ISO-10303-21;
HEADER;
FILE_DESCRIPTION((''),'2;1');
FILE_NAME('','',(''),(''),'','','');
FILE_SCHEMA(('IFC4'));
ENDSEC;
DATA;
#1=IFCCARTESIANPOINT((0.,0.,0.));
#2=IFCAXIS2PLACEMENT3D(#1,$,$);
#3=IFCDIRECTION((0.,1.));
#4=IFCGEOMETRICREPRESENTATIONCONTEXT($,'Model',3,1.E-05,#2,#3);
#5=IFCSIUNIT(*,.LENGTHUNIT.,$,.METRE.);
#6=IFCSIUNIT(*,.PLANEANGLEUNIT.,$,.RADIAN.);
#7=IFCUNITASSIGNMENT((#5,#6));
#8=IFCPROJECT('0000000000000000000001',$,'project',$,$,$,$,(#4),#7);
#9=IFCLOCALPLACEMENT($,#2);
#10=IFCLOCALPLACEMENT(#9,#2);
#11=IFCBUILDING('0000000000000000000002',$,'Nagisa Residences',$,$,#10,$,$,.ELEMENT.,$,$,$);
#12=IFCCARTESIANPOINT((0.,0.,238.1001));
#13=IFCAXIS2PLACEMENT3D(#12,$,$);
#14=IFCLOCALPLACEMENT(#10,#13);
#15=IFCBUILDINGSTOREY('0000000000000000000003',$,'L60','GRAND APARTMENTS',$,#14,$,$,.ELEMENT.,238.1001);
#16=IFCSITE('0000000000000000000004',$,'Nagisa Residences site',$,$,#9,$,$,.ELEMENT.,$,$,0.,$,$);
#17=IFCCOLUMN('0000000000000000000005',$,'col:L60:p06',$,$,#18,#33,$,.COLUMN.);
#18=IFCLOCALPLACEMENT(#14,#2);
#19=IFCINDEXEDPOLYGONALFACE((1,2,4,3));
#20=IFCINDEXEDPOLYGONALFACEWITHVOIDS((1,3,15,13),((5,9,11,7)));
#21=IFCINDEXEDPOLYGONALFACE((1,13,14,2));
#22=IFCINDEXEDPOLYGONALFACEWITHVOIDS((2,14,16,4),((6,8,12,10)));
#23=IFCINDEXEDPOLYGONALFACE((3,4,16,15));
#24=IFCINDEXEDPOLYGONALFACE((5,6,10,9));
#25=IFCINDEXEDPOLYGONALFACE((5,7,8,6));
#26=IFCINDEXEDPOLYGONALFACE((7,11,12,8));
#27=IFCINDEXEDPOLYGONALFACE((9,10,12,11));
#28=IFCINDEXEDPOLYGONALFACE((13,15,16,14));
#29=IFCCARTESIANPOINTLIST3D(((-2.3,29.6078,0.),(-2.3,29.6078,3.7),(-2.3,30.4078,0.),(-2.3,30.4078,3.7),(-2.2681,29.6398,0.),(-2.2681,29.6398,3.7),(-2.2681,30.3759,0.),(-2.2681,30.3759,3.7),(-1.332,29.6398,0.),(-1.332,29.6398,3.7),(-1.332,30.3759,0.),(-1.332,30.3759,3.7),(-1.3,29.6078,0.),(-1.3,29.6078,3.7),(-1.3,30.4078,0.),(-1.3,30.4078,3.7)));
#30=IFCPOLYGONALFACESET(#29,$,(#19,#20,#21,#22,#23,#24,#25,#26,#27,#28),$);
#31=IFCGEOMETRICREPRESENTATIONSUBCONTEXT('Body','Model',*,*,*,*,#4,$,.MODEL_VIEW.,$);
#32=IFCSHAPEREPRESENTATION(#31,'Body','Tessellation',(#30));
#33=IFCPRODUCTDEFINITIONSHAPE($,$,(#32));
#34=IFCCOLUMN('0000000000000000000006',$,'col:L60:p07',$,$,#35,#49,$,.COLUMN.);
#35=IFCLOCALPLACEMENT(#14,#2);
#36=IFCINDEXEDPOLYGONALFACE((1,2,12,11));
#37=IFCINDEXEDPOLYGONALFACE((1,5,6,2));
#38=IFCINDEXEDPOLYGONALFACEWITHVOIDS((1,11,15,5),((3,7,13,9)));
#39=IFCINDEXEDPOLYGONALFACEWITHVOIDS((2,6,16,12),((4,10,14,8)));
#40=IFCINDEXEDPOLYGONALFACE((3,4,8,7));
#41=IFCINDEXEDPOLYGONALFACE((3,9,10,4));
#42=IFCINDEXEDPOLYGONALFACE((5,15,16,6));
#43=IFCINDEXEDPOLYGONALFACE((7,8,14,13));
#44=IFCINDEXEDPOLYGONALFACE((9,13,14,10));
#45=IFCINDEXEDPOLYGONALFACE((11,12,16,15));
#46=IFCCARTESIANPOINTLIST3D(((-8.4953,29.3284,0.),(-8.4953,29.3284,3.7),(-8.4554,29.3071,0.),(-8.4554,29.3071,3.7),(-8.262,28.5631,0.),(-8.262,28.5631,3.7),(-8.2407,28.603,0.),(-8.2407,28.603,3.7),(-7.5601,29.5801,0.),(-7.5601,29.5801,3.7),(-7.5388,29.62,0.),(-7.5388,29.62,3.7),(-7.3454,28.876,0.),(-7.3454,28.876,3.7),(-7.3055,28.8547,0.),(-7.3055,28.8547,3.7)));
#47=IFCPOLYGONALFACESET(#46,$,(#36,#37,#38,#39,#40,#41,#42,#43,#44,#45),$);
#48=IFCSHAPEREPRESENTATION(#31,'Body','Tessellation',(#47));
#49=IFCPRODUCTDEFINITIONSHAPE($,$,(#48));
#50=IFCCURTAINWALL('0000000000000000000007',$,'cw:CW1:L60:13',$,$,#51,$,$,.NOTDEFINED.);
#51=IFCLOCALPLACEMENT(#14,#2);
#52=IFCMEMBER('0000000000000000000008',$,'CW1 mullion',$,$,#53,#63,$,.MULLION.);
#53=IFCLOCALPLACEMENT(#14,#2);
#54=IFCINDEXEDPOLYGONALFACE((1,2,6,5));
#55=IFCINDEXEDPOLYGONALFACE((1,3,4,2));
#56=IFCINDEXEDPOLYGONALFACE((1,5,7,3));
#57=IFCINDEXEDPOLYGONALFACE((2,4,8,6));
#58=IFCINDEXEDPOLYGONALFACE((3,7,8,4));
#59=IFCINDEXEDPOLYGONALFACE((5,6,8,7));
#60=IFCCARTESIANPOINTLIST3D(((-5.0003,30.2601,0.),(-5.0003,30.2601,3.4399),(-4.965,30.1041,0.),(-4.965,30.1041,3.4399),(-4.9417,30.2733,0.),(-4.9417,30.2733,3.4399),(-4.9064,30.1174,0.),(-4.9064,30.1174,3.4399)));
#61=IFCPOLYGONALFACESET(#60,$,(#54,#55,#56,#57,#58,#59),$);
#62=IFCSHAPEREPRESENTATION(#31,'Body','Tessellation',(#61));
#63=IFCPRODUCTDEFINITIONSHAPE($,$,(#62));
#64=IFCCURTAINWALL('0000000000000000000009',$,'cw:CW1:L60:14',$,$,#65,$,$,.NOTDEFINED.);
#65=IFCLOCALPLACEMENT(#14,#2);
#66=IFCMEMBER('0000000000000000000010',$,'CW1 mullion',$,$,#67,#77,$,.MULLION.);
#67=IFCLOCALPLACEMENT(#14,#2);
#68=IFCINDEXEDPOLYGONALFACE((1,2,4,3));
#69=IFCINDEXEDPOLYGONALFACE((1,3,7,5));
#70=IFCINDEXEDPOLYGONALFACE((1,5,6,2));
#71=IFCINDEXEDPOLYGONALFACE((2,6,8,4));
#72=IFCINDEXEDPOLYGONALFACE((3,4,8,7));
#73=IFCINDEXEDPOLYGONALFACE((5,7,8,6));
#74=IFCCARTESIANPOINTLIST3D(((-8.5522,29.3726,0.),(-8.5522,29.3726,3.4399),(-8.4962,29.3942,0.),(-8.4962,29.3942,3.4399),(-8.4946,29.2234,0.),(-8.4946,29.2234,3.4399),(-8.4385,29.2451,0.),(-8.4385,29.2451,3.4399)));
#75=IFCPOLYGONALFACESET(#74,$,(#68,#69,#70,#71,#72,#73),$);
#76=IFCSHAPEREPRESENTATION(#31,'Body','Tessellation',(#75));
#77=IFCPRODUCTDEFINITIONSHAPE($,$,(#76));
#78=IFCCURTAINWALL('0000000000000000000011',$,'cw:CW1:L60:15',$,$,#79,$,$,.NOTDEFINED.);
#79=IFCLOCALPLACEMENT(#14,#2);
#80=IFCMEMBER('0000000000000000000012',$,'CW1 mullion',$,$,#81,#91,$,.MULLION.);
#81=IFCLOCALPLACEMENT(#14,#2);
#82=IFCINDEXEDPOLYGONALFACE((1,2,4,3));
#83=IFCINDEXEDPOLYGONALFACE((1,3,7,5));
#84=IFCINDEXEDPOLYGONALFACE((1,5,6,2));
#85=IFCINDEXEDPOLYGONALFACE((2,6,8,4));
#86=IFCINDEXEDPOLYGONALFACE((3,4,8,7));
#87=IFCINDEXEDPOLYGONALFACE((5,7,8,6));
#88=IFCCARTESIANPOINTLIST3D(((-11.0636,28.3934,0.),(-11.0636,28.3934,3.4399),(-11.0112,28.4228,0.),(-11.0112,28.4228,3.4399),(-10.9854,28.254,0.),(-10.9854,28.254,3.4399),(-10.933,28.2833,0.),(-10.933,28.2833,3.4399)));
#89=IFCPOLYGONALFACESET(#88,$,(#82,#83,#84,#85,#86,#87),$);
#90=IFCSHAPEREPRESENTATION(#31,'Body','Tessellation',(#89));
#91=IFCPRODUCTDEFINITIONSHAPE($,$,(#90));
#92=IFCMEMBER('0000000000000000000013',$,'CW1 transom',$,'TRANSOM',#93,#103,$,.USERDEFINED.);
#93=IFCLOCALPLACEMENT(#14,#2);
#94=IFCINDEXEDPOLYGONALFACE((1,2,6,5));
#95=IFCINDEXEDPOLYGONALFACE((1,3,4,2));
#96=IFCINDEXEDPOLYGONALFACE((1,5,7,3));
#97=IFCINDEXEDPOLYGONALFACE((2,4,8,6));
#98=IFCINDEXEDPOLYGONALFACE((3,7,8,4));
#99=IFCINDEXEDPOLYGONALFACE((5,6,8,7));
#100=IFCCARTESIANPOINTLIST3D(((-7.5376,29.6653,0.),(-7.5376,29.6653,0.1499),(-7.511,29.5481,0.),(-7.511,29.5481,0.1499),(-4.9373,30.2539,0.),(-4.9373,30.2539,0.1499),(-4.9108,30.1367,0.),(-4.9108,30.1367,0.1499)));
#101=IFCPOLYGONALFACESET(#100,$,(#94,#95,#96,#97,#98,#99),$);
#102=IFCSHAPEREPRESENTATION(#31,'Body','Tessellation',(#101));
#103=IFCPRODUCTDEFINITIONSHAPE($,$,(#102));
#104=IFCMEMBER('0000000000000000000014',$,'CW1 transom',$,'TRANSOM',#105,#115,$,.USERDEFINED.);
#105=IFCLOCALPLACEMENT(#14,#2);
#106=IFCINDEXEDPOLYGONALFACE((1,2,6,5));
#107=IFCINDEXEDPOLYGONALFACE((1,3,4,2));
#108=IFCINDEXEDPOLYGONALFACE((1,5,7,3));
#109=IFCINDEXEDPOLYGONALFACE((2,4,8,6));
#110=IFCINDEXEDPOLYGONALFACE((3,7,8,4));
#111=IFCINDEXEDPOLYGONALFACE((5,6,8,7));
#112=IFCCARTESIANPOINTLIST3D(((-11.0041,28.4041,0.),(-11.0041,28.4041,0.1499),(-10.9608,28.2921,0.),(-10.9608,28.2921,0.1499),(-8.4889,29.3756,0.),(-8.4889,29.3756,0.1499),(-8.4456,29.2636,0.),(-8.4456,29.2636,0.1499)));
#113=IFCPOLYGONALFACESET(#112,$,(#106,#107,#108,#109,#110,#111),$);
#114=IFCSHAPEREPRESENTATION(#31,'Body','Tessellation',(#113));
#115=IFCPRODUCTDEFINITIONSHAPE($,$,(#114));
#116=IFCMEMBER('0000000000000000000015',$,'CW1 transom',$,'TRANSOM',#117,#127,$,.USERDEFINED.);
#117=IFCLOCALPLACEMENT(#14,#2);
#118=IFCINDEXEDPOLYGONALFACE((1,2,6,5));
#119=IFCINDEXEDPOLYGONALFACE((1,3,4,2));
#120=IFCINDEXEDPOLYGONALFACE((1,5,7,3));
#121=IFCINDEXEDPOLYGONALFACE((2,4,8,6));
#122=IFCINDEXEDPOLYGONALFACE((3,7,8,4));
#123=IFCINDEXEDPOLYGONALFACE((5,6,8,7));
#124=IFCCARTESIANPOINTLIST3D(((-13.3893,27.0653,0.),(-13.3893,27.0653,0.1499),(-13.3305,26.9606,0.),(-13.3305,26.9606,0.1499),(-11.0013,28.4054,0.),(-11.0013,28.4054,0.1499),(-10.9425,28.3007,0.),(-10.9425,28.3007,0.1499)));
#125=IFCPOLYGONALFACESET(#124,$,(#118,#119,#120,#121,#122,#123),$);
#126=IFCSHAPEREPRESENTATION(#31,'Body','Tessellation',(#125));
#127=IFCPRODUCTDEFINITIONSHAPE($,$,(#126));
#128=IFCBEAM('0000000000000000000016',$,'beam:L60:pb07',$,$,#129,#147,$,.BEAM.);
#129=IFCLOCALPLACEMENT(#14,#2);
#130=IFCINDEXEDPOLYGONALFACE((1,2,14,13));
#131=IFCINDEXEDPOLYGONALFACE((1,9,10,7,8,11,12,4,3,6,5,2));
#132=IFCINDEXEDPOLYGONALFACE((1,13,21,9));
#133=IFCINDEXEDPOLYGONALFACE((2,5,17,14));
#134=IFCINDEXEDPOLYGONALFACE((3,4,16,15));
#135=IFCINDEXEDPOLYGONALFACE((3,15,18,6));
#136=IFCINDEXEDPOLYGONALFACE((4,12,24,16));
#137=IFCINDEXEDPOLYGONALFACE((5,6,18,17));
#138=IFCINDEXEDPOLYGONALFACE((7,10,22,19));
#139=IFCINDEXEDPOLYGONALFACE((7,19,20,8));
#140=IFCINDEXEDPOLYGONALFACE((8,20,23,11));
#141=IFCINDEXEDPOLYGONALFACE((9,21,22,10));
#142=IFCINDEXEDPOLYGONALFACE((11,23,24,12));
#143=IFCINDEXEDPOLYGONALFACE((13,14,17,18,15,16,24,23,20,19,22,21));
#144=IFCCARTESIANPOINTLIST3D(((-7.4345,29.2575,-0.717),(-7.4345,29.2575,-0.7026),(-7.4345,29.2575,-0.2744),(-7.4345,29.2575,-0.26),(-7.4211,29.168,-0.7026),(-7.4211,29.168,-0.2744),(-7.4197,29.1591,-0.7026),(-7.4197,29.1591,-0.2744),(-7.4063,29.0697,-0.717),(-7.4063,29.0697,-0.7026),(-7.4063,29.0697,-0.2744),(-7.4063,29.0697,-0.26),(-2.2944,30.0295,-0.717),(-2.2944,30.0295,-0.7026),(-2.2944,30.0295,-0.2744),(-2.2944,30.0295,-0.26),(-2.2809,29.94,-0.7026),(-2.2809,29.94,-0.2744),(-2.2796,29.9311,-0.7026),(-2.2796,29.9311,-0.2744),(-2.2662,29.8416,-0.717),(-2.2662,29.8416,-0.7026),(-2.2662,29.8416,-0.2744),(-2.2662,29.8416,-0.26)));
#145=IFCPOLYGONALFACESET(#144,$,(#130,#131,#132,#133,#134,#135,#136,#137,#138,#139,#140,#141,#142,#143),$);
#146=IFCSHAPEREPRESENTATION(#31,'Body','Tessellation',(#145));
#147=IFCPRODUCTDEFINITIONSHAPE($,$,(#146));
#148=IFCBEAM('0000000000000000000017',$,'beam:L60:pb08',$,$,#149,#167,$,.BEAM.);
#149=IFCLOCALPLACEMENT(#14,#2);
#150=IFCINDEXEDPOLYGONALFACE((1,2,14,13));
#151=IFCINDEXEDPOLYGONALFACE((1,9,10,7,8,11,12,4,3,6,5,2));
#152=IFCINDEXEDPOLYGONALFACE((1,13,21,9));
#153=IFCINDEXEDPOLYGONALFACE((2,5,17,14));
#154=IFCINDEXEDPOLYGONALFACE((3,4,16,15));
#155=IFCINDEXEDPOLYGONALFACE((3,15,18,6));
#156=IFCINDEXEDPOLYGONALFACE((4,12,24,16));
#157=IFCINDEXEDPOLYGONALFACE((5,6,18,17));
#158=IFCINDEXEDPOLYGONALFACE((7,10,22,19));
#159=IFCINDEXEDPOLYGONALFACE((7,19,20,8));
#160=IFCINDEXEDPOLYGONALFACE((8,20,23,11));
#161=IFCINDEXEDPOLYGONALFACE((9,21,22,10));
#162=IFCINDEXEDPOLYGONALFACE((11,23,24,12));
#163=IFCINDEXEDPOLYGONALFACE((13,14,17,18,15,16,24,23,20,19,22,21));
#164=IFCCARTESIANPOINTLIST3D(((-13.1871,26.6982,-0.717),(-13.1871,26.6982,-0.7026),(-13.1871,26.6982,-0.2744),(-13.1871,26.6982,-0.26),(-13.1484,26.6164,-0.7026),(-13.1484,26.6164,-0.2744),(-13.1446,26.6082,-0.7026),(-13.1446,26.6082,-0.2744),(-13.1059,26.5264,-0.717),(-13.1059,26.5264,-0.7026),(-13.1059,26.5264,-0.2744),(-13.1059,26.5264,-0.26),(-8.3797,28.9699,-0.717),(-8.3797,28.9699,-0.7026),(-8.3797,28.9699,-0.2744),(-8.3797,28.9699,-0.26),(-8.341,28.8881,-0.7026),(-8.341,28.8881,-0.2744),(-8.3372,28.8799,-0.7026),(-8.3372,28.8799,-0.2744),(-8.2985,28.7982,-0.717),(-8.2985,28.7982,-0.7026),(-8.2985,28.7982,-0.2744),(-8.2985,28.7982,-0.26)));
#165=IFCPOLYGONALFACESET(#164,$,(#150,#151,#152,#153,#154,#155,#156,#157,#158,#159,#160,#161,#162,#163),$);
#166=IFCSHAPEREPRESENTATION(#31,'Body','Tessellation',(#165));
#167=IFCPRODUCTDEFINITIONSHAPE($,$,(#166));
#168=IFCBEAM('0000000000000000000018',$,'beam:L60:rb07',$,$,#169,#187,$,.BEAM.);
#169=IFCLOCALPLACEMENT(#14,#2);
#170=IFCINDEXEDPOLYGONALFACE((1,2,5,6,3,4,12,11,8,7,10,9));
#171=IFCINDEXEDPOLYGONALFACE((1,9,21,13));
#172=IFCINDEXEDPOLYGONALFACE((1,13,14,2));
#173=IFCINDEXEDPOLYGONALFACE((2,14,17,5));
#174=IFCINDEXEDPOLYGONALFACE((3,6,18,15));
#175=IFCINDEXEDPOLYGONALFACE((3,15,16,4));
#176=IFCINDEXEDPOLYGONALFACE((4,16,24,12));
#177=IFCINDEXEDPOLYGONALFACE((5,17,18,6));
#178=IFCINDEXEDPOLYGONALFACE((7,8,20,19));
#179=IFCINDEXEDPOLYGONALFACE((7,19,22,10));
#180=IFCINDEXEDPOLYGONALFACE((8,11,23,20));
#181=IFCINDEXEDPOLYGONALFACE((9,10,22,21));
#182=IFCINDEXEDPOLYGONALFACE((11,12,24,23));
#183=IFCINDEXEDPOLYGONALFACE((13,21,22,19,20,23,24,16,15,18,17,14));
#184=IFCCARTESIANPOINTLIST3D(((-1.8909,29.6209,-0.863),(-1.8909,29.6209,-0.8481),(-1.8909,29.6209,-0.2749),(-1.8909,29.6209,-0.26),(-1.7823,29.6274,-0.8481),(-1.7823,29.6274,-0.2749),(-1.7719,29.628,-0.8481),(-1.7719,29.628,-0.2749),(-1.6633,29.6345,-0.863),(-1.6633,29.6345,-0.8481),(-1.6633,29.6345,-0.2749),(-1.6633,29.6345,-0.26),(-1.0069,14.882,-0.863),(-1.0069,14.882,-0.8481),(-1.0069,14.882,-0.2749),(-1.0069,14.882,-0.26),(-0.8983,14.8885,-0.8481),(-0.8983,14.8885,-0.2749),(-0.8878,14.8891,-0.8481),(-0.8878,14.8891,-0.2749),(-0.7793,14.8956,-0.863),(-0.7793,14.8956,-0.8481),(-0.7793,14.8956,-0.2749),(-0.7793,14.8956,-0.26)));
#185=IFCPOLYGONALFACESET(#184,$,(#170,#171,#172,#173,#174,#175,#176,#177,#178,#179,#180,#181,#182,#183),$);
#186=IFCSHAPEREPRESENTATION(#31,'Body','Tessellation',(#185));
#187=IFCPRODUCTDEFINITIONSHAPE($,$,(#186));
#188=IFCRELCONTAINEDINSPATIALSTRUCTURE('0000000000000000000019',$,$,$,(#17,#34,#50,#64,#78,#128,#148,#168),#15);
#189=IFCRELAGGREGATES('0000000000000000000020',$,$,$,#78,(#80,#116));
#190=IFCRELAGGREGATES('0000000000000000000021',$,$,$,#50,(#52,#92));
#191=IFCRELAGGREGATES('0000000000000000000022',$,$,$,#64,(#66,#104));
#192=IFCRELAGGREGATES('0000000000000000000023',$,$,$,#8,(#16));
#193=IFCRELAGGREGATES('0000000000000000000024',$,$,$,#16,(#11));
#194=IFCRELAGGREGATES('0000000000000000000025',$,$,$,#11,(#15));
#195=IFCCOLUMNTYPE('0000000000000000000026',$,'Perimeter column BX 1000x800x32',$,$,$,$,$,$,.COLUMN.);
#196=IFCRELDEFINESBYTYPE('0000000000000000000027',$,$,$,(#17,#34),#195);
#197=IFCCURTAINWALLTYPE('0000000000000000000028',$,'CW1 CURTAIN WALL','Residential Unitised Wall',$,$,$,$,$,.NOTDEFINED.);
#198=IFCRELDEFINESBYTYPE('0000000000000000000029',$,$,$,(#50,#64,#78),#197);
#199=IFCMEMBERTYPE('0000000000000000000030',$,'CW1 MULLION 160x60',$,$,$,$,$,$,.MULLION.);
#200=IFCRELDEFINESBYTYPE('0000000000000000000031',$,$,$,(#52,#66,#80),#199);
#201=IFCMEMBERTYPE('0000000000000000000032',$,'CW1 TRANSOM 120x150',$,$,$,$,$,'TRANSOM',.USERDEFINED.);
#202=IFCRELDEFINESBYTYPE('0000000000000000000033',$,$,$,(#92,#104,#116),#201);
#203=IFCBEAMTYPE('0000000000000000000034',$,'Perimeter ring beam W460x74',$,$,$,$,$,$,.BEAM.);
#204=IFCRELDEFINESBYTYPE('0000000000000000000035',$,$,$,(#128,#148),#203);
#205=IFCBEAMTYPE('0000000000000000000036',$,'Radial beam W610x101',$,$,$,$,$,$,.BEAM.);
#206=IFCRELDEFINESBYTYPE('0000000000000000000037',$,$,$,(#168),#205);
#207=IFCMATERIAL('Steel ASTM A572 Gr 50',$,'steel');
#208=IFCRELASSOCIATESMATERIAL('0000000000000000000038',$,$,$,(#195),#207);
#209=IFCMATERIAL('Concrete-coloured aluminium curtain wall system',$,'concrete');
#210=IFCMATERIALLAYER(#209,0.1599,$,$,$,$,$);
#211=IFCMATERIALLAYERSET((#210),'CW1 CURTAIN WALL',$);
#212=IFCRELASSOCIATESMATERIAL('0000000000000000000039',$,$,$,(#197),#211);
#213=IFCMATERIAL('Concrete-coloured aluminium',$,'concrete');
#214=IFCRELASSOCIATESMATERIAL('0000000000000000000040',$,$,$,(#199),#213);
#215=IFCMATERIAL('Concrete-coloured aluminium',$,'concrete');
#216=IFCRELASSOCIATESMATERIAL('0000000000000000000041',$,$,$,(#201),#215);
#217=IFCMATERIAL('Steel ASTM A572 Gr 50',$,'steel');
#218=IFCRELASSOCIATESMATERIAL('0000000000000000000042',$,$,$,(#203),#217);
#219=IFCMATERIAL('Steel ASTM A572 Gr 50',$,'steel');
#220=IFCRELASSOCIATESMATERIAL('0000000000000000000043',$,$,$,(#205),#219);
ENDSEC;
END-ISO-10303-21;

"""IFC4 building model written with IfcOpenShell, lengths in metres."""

from ifc_helpers import new_model, si_unit, direction, frame, origin, origin_2d, place, context, subcontext, project, spatial, rectangle, hollow_rectangle, i_section, extrude, material, layer, layer_set, material_profile, profile_set, type_object, element, aggregate, save


model = new_model("IFC4")

# Units and contexts
model_context = context("Model", 3, precision=1e-05, world=origin(), true_north=direction((0.0, 1.0)))
body_context = subcontext(model_context, "Body", "Model", "MODEL_VIEW")
ifc_project = project(units=[si_unit("LENGTHUNIT", "METRE"), si_unit("PLANEANGLEUNIT", "RADIAN")], contexts=[model_context])

# Site, building, storey
site_placement = place(None, origin())
site = spatial("IfcSite", under=ifc_project, at=site_placement, Name="Nagisa Residences site", CompositionType="ELEMENT", RefElevation=0.0)
building_placement = place(site_placement, origin())
building = spatial("IfcBuilding", under=site, at=building_placement, Name="Nagisa Residences", CompositionType="ELEMENT")
storey_placement = place(building_placement, frame((0.0, 0.0, 238.1001)))
storey = spatial("IfcBuildingStorey", under=building, at=storey_placement, Name="L60", Description="GRAND APARTMENTS", CompositionType="ELEMENT", Elevation=238.1001)

# Columns
ifc_material_1 = material(Name="Steel ASTM A572 Gr 50", Category="steel")
ifc_material_profile_1 = material_profile(ifc_material_1, hollow_rectangle(XDim=1.0, YDim=0.8, WallThickness=0.032, at=origin_2d()), Name="BX 1000x800x32")
ifc_profile_set_1 = profile_set([ifc_material_profile_1], Name="Steel ASTM A572 Gr 50")
column_type = type_object("IfcColumnType", Name="Perimeter column BX 1000x800x32", PredefinedType="COLUMN", material=ifc_profile_set_1)
for number, where, z_axis, x_axis, name in (
    (1, (-1.8, 30.0078, 0.0), (0.0, 0.0, 1.0), (-1.0, 0.0, 0.0), "col:L60:p06"),
    (2, (-7.9004, 29.0916, 0.0), (0.0, 0.0, 1.0), (-0.956525, -0.291652, 0.0), "col:L60:p07"),
):
    element("IfcColumn", number, at=place(storey_placement, frame(where, z_axis=z_axis, x_axis=x_axis)), inside=storey, type_object=column_type, Name=name, PredefinedType="COLUMN", context=body_context, shape_type="SweptSolid", body=[
        extrude(hollow_rectangle(XDim=1.0, YDim=0.8, WallThickness=0.032, at=origin_2d()), origin(), (0.0, 0.0, 1.0), 3.7),
    ])

# Curtain walls, members
ifc_material_2 = material(Name="Concrete-coloured aluminium curtain wall system", Category="concrete")
ifc_layer_1 = layer(ifc_material_2, 0.1599)
ifc_layer_set_1 = layer_set([ifc_layer_1], Name="CW1 CURTAIN WALL")
curtain_wall_type = type_object("IfcCurtainWallType", Name="CW1 CURTAIN WALL", Description="Residential Unitised Wall", PredefinedType="NOTDEFINED", material=ifc_layer_set_1)
curtain_wall_1_placement = place(storey_placement, origin())
curtain_wall_1 = element("IfcCurtainWall", 3, at=curtain_wall_1_placement, inside=storey, type_object=curtain_wall_type, Name="cw:CW1:L60:13", PredefinedType="NOTDEFINED")
ifc_material_3 = material(Name="Concrete-coloured aluminium", Category="concrete")
ifc_material_profile_2 = material_profile(ifc_material_3, rectangle(XDim=0.1599, YDim=0.0601, at=origin_2d()), Name="CW1 MULLION 160x60")
ifc_profile_set_2 = profile_set([ifc_material_profile_2], Name="Concrete-coloured aluminium")
member_type_1 = type_object("IfcMemberType", Name="CW1 MULLION 160x60", PredefinedType="MULLION", material=ifc_profile_set_2)
member_1_placement = place(storey_placement, frame((-4.9534, 30.1887, 0.0), z_axis=(0.0, 0.0, 1.0), x_axis=(0.220764, -0.975327, 0.0)))
member_1 = element("IfcMember", 4, at=member_1_placement, type_object=member_type_1, Name="CW1 mullion", PredefinedType="MULLION", context=body_context, shape_type="SweptSolid", body=[
    extrude(rectangle(XDim=0.1599, YDim=0.0601, at=origin_2d()), origin(), (0.0, 0.0, 1.0), 3.4399),
])
curtain_wall_2_placement = place(storey_placement, origin())
curtain_wall_2 = element("IfcCurtainWall", 5, at=curtain_wall_2_placement, inside=storey, type_object=curtain_wall_type, Name="cw:CW1:L60:14", PredefinedType="NOTDEFINED")
member_2_placement = place(storey_placement, frame((-8.4954, 29.3088, 0.0), z_axis=(0.0, 0.0, 1.0), x_axis=(0.360328, -0.932826, 0.0)))
member_2 = element("IfcMember", 6, at=member_2_placement, type_object=member_type_1, Name="CW1 mullion", PredefinedType="MULLION", context=body_context, shape_type="SweptSolid", body=[
    extrude(rectangle(XDim=0.1599, YDim=0.0601, at=origin_2d()), origin(), (0.0, 0.0, 1.0), 3.4399),
])
curtain_wall_3_placement = place(storey_placement, origin())
curtain_wall_3 = element("IfcCurtainWall", 7, at=curtain_wall_3_placement, inside=storey, type_object=curtain_wall_type, Name="cw:CW1:L60:15", PredefinedType="NOTDEFINED")
member_3_placement = place(storey_placement, frame((-10.9983, 28.3384, 0.0), z_axis=(0.0, 0.0, 1.0), x_axis=(0.489377, -0.872072, 0.0)))
member_3 = element("IfcMember", 8, at=member_3_placement, type_object=member_type_1, Name="CW1 mullion", PredefinedType="MULLION", context=body_context, shape_type="SweptSolid", body=[
    extrude(rectangle(XDim=0.1599, YDim=0.0601, at=origin_2d()), origin(), (0.0, 0.0, 1.0), 3.4399),
])

# Members
ifc_material_4 = material(Name="Concrete-coloured aluminium", Category="concrete")
ifc_material_profile_3 = material_profile(ifc_material_4, rectangle(XDim=0.1201, YDim=0.1499, at=origin_2d()), Name="CW1 TRANSOM 120x150")
ifc_profile_set_3 = profile_set([ifc_material_profile_3], Name="Concrete-coloured aluminium")
member_type_2 = type_object("IfcMemberType", Name="CW1 TRANSOM 120x150", ElementType="TRANSOM", PredefinedType="USERDEFINED", material=ifc_profile_set_3)
member_4_placement = place(storey_placement, frame((-4.9241, 30.1953, 0.075), z_axis=(-0.975324, -0.220778, 0.0), x_axis=(0.220778, -0.975324, 0.0)))
member_4 = element("IfcMember", 9, at=member_4_placement, type_object=member_type_2, Name="CW1 transom", ObjectType="TRANSOM", PredefinedType="USERDEFINED", context=body_context, shape_type="SweptSolid", body=[
    extrude(rectangle(XDim=0.1201, YDim=0.1499, at=origin_2d()), origin(), (0.0, 0.0, 1.0), 2.666),
])
member_5_placement = place(storey_placement, frame((-8.4673, 29.3196, 0.075), z_axis=(-0.932838, -0.360295, 0.0), x_axis=(0.360295, -0.932838, 0.0)))
member_5 = element("IfcMember", 10, at=member_5_placement, type_object=member_type_2, Name="CW1 transom", ObjectType="TRANSOM", PredefinedType="USERDEFINED", context=body_context, shape_type="SweptSolid", body=[
    extrude(rectangle(XDim=0.1201, YDim=0.1499, at=origin_2d()), origin(), (0.0, 0.0, 1.0), 2.6963),
])
member_6_placement = place(storey_placement, frame((-10.9719, 28.353, 0.075), z_axis=(-0.872063, -0.489393, 0.0), x_axis=(0.489393, -0.872063, 0.0)))
member_6 = element("IfcMember", 11, at=member_6_placement, type_object=member_type_2, Name="CW1 transom", ObjectType="TRANSOM", PredefinedType="USERDEFINED", context=body_context, shape_type="SweptSolid", body=[
    extrude(rectangle(XDim=0.1201, YDim=0.1499, at=origin_2d()), origin(), (0.0, 0.0, 1.0), 2.7383),
])
aggregate(curtain_wall_3, [member_3, member_6])

# Beams
ifc_material_5 = material(Name="Steel ASTM A572 Gr 50", Category="steel")
ifc_material_profile_4 = material_profile(ifc_material_5, i_section(OverallWidth=0.1899, OverallDepth=0.457, WebThickness=0.009, FlangeThickness=0.0144, at=origin_2d()), Name="W460x74")
ifc_profile_set_4 = profile_set([ifc_material_profile_4], Name="Steel ASTM A572 Gr 50")
beam_type_1 = type_object("IfcBeamType", Name="Perimeter ring beam W460x74", PredefinedType="BEAM", material=ifc_profile_set_4)
beam_1_placement = place(storey_placement, frame((-2.2803, 29.9355, -0.4885), z_axis=(-0.988909, -0.14852, 0.0), x_axis=(0.14852, -0.988909, 0.0)))
element("IfcBeam", 12, at=beam_1_placement, inside=storey, type_object=beam_type_1, Name="beam:L60:pb07", PredefinedType="BEAM", context=body_context, shape_type="SweptSolid", body=[
    extrude(i_section(OverallWidth=0.1899, OverallDepth=0.457, WebThickness=0.009, FlangeThickness=0.0144, at=origin_2d()), origin(), (0.0, 0.0, 1.0), 5.1978),
])
beam_2_placement = place(storey_placement, frame((-8.3391, 28.884, -0.4885), z_axis=(-0.904134, -0.427249, 0.0), x_axis=(0.427249, -0.904134, 0.0)))
element("IfcBeam", 13, at=beam_2_placement, inside=storey, type_object=beam_type_1, Name="beam:L60:pb08", PredefinedType="BEAM", context=body_context, shape_type="SweptSolid", body=[
    extrude(i_section(OverallWidth=0.1899, OverallDepth=0.457, WebThickness=0.009, FlangeThickness=0.0144, at=origin_2d()), origin(), (0.0, 0.0, 1.0), 5.3171),
])
ifc_material_6 = material(Name="Steel ASTM A572 Gr 50", Category="steel")
ifc_material_profile_5 = material_profile(ifc_material_6, i_section(OverallWidth=0.228, OverallDepth=0.603, WebThickness=0.0105, FlangeThickness=0.0149, at=origin_2d()), Name="W610x101")
ifc_profile_set_5 = profile_set([ifc_material_profile_5], Name="Steel ASTM A572 Gr 50")
beam_type_2 = type_object("IfcBeamType", Name="Radial beam W610x101", PredefinedType="BEAM", material=ifc_profile_set_5)
beam_3_placement = place(storey_placement, frame((-1.7771, 29.6277, -0.5615), z_axis=(0.059872, -0.998206, 0.0), x_axis=(0.998206, 0.059872, 0.0)))
element("IfcBeam", 14, at=beam_3_placement, inside=storey, type_object=beam_type_2, Name="beam:L60:rb07", PredefinedType="BEAM", context=body_context, shape_type="SweptSolid", body=[
    extrude(i_section(OverallWidth=0.228, OverallDepth=0.603, WebThickness=0.0105, FlangeThickness=0.0149, at=origin_2d()), origin(), (0.0, 0.0, 1.0), 14.7654),
])

aggregate(curtain_wall_1, [member_1, member_4])
aggregate(curtain_wall_2, [member_2, member_5])

save(model, "model.ifc")
